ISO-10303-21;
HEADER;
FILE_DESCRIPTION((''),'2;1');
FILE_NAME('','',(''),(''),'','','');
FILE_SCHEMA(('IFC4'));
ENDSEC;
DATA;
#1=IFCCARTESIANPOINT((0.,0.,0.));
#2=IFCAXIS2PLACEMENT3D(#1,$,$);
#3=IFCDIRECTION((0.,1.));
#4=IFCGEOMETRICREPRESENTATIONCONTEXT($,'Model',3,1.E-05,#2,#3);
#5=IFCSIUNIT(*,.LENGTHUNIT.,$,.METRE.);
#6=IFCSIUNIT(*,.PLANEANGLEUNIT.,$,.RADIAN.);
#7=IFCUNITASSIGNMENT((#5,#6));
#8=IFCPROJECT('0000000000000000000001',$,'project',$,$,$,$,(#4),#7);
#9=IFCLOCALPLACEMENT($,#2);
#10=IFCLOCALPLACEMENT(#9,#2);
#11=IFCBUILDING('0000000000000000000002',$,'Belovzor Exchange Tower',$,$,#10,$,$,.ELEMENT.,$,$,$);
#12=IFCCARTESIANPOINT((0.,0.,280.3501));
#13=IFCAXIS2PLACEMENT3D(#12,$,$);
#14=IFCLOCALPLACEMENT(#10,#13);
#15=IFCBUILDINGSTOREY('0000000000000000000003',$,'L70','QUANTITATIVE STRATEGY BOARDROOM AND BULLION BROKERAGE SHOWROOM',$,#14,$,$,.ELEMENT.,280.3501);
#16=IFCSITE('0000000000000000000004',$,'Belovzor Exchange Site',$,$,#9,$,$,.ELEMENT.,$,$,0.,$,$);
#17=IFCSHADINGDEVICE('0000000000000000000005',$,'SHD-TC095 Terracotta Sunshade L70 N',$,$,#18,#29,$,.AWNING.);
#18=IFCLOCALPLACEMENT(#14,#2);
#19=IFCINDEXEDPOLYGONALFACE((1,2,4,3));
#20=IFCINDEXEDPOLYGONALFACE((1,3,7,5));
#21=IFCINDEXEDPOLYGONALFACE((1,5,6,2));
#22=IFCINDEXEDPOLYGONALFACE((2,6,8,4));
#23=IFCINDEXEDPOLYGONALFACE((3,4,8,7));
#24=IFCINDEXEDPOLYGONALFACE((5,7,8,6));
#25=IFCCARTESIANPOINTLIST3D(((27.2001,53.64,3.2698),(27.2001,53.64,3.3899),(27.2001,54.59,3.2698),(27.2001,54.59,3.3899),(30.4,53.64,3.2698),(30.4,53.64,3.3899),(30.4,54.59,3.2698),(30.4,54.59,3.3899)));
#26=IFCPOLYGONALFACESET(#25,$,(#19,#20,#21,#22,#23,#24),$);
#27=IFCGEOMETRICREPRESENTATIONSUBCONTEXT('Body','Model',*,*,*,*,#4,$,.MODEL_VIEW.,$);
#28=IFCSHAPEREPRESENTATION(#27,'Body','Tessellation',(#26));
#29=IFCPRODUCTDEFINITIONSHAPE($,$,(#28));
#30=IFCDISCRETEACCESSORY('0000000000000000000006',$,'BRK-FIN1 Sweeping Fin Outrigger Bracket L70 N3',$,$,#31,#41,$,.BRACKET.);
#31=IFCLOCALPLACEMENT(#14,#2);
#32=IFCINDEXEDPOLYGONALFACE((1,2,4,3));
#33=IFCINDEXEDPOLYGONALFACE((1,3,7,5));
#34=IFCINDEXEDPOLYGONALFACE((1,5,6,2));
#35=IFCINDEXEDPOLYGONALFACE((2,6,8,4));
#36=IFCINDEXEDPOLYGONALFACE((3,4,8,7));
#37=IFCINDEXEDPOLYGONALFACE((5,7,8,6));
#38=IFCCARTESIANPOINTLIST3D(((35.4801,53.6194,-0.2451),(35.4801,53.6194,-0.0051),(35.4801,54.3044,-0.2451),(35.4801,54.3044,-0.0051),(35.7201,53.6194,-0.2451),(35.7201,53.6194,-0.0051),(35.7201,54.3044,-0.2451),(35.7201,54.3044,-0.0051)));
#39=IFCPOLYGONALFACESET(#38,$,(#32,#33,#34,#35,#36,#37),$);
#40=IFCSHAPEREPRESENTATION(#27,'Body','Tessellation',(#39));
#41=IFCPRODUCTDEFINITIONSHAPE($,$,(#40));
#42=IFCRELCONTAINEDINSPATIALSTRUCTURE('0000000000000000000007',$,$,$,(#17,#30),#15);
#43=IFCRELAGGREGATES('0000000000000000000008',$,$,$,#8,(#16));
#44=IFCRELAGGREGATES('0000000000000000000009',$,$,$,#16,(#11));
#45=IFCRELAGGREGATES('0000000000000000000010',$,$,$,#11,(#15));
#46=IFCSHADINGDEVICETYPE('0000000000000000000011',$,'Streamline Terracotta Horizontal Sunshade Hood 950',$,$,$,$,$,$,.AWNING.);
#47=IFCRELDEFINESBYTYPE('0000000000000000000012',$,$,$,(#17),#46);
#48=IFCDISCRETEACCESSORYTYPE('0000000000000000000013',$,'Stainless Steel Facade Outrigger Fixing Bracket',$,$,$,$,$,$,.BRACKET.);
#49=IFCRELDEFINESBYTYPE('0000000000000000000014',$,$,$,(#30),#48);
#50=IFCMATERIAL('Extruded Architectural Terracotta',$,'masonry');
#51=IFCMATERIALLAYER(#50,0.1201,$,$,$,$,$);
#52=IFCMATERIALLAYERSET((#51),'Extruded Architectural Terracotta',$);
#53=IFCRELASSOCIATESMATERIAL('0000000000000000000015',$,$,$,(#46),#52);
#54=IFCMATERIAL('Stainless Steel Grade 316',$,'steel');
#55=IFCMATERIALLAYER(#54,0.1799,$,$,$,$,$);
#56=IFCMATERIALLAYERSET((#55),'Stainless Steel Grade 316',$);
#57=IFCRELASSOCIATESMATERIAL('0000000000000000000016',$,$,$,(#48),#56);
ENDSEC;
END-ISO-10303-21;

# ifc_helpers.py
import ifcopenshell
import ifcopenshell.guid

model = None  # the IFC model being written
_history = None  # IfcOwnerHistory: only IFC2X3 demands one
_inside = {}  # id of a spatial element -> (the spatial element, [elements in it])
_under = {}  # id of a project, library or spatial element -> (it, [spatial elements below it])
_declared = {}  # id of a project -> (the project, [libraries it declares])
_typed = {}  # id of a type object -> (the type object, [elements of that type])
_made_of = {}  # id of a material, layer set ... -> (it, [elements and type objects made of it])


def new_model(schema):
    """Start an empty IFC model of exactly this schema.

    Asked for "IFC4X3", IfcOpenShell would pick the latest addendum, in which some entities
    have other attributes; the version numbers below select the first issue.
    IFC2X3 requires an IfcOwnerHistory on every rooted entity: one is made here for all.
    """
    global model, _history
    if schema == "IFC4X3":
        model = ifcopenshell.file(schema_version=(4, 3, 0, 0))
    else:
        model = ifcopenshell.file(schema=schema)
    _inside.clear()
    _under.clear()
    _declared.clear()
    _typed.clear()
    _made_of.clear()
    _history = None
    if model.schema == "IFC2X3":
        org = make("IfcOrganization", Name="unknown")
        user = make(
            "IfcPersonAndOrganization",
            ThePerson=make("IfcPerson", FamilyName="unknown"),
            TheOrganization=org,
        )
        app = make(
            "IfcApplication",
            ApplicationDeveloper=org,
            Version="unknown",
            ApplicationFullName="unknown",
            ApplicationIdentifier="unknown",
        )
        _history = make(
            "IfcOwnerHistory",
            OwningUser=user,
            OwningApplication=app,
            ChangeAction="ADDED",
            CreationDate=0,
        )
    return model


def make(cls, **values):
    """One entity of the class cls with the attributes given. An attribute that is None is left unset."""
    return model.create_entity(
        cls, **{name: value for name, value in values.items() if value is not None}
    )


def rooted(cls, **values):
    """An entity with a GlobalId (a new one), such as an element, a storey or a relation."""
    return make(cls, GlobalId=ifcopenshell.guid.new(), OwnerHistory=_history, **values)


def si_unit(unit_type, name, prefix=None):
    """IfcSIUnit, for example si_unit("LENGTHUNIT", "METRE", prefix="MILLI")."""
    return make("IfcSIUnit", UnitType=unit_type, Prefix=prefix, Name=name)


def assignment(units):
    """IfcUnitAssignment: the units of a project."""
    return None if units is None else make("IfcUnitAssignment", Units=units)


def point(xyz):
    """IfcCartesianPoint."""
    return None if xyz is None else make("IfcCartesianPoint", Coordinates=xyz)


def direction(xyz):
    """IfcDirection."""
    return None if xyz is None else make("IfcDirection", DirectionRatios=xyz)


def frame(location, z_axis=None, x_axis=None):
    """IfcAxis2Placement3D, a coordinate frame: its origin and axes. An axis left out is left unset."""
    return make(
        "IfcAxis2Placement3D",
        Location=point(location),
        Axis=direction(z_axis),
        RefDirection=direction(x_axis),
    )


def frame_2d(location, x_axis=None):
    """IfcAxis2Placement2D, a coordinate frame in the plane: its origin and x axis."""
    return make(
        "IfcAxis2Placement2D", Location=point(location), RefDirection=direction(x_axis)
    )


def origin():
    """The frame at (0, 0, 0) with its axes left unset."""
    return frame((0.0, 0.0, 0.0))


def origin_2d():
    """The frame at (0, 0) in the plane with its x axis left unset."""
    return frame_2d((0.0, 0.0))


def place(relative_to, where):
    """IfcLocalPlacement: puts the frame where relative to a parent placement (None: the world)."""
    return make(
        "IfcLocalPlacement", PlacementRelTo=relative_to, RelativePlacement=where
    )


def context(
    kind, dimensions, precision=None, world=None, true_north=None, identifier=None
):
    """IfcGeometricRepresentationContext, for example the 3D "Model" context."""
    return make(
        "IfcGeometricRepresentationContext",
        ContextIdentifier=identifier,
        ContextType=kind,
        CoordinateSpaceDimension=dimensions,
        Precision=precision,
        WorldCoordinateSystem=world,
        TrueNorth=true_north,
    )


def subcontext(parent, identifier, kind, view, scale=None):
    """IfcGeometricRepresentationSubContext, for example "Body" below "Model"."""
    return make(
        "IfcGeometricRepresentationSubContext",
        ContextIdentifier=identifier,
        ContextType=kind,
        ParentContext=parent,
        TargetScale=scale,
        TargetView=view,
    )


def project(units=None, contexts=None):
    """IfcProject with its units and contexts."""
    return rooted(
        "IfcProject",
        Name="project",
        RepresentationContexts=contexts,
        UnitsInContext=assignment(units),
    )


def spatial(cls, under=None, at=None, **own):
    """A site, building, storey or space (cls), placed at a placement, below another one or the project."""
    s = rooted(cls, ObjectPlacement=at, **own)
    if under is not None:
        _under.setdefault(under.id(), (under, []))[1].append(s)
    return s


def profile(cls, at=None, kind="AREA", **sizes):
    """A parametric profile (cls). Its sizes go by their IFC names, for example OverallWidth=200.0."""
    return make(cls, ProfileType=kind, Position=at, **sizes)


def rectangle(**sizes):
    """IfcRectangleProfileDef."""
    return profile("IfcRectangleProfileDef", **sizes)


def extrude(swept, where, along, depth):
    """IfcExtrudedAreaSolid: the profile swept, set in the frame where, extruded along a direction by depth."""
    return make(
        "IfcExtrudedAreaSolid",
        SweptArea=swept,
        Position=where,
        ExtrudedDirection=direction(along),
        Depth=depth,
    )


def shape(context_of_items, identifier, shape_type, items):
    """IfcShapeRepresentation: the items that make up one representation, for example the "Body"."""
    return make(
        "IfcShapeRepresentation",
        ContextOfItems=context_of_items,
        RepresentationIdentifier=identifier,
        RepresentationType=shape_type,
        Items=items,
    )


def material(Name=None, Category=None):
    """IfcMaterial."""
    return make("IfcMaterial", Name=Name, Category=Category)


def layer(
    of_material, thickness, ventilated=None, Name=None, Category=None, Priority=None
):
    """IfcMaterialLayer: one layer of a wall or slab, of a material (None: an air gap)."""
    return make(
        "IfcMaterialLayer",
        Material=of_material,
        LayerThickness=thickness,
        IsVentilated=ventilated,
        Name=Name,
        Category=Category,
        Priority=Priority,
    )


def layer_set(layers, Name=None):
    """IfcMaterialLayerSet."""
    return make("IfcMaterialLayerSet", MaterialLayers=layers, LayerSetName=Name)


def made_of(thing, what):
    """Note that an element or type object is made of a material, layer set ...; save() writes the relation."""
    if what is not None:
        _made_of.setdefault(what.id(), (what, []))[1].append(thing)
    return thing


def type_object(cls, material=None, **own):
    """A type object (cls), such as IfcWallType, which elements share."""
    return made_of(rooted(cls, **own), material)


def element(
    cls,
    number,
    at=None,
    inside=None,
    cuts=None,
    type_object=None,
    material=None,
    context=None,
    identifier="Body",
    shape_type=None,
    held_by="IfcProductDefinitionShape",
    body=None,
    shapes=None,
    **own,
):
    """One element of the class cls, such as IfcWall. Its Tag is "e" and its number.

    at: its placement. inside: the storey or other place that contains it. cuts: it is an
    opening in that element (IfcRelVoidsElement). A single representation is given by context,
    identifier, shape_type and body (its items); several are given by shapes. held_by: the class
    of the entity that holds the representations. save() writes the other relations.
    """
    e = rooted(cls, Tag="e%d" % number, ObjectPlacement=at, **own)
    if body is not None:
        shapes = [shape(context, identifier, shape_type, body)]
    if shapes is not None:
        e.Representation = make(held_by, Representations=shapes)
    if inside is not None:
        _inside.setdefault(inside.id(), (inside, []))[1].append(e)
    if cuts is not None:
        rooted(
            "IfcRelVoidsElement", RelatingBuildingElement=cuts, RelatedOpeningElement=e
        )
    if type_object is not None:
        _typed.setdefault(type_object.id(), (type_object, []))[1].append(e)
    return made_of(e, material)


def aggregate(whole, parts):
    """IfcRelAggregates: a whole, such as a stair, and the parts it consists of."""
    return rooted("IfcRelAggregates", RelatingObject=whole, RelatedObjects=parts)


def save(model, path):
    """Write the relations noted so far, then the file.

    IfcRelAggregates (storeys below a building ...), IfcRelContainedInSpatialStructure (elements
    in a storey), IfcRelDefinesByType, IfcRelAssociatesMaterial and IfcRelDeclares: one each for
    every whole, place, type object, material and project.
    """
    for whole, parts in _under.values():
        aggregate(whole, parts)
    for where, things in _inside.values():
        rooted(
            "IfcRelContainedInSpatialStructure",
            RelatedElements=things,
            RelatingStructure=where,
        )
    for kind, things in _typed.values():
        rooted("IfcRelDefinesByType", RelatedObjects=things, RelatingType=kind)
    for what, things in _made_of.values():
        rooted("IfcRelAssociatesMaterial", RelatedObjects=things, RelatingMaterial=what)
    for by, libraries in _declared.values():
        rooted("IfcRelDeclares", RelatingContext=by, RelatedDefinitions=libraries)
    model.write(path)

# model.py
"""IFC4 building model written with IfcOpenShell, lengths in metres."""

from ifc_helpers import new_model, si_unit, direction, frame, origin, origin_2d, place, context, subcontext, project, spatial, rectangle, extrude, material, layer, layer_set, type_object, element, save


model = new_model("IFC4")

# Units and contexts
model_context = context("Model", 3, precision=1e-05, world=origin(), true_north=direction((0.0, 1.0)))
body_context = subcontext(model_context, "Body", "Model", "MODEL_VIEW")
ifc_project = project(units=[si_unit("LENGTHUNIT", "METRE"), si_unit("PLANEANGLEUNIT", "RADIAN")], contexts=[model_context])

# Site, building, storey
site_placement = place(None, origin())
site = spatial("IfcSite", under=ifc_project, at=site_placement, Name="Belovzor Exchange Site", CompositionType="ELEMENT", RefElevation=0.0)
building_placement = place(site_placement, origin())
building = spatial("IfcBuilding", under=site, at=building_placement, Name="Belovzor Exchange Tower", CompositionType="ELEMENT")
storey_placement = place(building_placement, frame((0.0, 0.0, 280.3501)))
storey = spatial("IfcBuildingStorey", under=building, at=storey_placement, Name="L70", Description="QUANTITATIVE STRATEGY BOARDROOM AND BULLION BROKERAGE SHOWROOM", CompositionType="ELEMENT", Elevation=280.3501)

# Shading device
ifc_material_1 = material(Name="Extruded Architectural Terracotta", Category="masonry")
ifc_layer_1 = layer(ifc_material_1, 0.1201)
ifc_layer_set_1 = layer_set([ifc_layer_1], Name="Extruded Architectural Terracotta")
shading_device_type = type_object("IfcShadingDeviceType", Name="Streamline Terracotta Horizontal Sunshade Hood 950", PredefinedType="AWNING", material=ifc_layer_set_1)
shading_device_placement = place(storey_placement, frame((28.8, 54.115, 3.2698), z_axis=(0.0, 0.0, 1.0), x_axis=(1.0, 0.0, 0.0)))
element("IfcShadingDevice", 1, at=shading_device_placement, inside=storey, type_object=shading_device_type, Name="SHD-TC095 Terracotta Sunshade L70 N", PredefinedType="AWNING", context=body_context, shape_type="SweptSolid", body=[
    extrude(rectangle(XDim=3.2, YDim=0.95, at=origin_2d()), origin(), (0.0, 0.0, 1.0), 0.1201),
])

# Discrete accessory
ifc_material_2 = material(Name="Stainless Steel Grade 316", Category="steel")
ifc_layer_2 = layer(ifc_material_2, 0.1799)
ifc_layer_set_2 = layer_set([ifc_layer_2], Name="Stainless Steel Grade 316")
discrete_accessory_type = type_object("IfcDiscreteAccessoryType", Name="Stainless Steel Facade Outrigger Fixing Bracket", PredefinedType="BRACKET", material=ifc_layer_set_2)
discrete_accessory_placement = place(storey_placement, frame((35.6001, 53.9619, -0.2451), z_axis=(0.0, 0.0, 1.0), x_axis=(0.0, 1.0, 0.0)))
element("IfcDiscreteAccessory", 2, at=discrete_accessory_placement, inside=storey, type_object=discrete_accessory_type, Name="BRK-FIN1 Sweeping Fin Outrigger Bracket L70 N3", PredefinedType="BRACKET", context=body_context, shape_type="SweptSolid", body=[
    extrude(rectangle(XDim=0.6851, YDim=0.24, at=origin_2d()), origin(), (0.0, 0.0, 1.0), 0.24),
])

save(model, "model.ifc")
